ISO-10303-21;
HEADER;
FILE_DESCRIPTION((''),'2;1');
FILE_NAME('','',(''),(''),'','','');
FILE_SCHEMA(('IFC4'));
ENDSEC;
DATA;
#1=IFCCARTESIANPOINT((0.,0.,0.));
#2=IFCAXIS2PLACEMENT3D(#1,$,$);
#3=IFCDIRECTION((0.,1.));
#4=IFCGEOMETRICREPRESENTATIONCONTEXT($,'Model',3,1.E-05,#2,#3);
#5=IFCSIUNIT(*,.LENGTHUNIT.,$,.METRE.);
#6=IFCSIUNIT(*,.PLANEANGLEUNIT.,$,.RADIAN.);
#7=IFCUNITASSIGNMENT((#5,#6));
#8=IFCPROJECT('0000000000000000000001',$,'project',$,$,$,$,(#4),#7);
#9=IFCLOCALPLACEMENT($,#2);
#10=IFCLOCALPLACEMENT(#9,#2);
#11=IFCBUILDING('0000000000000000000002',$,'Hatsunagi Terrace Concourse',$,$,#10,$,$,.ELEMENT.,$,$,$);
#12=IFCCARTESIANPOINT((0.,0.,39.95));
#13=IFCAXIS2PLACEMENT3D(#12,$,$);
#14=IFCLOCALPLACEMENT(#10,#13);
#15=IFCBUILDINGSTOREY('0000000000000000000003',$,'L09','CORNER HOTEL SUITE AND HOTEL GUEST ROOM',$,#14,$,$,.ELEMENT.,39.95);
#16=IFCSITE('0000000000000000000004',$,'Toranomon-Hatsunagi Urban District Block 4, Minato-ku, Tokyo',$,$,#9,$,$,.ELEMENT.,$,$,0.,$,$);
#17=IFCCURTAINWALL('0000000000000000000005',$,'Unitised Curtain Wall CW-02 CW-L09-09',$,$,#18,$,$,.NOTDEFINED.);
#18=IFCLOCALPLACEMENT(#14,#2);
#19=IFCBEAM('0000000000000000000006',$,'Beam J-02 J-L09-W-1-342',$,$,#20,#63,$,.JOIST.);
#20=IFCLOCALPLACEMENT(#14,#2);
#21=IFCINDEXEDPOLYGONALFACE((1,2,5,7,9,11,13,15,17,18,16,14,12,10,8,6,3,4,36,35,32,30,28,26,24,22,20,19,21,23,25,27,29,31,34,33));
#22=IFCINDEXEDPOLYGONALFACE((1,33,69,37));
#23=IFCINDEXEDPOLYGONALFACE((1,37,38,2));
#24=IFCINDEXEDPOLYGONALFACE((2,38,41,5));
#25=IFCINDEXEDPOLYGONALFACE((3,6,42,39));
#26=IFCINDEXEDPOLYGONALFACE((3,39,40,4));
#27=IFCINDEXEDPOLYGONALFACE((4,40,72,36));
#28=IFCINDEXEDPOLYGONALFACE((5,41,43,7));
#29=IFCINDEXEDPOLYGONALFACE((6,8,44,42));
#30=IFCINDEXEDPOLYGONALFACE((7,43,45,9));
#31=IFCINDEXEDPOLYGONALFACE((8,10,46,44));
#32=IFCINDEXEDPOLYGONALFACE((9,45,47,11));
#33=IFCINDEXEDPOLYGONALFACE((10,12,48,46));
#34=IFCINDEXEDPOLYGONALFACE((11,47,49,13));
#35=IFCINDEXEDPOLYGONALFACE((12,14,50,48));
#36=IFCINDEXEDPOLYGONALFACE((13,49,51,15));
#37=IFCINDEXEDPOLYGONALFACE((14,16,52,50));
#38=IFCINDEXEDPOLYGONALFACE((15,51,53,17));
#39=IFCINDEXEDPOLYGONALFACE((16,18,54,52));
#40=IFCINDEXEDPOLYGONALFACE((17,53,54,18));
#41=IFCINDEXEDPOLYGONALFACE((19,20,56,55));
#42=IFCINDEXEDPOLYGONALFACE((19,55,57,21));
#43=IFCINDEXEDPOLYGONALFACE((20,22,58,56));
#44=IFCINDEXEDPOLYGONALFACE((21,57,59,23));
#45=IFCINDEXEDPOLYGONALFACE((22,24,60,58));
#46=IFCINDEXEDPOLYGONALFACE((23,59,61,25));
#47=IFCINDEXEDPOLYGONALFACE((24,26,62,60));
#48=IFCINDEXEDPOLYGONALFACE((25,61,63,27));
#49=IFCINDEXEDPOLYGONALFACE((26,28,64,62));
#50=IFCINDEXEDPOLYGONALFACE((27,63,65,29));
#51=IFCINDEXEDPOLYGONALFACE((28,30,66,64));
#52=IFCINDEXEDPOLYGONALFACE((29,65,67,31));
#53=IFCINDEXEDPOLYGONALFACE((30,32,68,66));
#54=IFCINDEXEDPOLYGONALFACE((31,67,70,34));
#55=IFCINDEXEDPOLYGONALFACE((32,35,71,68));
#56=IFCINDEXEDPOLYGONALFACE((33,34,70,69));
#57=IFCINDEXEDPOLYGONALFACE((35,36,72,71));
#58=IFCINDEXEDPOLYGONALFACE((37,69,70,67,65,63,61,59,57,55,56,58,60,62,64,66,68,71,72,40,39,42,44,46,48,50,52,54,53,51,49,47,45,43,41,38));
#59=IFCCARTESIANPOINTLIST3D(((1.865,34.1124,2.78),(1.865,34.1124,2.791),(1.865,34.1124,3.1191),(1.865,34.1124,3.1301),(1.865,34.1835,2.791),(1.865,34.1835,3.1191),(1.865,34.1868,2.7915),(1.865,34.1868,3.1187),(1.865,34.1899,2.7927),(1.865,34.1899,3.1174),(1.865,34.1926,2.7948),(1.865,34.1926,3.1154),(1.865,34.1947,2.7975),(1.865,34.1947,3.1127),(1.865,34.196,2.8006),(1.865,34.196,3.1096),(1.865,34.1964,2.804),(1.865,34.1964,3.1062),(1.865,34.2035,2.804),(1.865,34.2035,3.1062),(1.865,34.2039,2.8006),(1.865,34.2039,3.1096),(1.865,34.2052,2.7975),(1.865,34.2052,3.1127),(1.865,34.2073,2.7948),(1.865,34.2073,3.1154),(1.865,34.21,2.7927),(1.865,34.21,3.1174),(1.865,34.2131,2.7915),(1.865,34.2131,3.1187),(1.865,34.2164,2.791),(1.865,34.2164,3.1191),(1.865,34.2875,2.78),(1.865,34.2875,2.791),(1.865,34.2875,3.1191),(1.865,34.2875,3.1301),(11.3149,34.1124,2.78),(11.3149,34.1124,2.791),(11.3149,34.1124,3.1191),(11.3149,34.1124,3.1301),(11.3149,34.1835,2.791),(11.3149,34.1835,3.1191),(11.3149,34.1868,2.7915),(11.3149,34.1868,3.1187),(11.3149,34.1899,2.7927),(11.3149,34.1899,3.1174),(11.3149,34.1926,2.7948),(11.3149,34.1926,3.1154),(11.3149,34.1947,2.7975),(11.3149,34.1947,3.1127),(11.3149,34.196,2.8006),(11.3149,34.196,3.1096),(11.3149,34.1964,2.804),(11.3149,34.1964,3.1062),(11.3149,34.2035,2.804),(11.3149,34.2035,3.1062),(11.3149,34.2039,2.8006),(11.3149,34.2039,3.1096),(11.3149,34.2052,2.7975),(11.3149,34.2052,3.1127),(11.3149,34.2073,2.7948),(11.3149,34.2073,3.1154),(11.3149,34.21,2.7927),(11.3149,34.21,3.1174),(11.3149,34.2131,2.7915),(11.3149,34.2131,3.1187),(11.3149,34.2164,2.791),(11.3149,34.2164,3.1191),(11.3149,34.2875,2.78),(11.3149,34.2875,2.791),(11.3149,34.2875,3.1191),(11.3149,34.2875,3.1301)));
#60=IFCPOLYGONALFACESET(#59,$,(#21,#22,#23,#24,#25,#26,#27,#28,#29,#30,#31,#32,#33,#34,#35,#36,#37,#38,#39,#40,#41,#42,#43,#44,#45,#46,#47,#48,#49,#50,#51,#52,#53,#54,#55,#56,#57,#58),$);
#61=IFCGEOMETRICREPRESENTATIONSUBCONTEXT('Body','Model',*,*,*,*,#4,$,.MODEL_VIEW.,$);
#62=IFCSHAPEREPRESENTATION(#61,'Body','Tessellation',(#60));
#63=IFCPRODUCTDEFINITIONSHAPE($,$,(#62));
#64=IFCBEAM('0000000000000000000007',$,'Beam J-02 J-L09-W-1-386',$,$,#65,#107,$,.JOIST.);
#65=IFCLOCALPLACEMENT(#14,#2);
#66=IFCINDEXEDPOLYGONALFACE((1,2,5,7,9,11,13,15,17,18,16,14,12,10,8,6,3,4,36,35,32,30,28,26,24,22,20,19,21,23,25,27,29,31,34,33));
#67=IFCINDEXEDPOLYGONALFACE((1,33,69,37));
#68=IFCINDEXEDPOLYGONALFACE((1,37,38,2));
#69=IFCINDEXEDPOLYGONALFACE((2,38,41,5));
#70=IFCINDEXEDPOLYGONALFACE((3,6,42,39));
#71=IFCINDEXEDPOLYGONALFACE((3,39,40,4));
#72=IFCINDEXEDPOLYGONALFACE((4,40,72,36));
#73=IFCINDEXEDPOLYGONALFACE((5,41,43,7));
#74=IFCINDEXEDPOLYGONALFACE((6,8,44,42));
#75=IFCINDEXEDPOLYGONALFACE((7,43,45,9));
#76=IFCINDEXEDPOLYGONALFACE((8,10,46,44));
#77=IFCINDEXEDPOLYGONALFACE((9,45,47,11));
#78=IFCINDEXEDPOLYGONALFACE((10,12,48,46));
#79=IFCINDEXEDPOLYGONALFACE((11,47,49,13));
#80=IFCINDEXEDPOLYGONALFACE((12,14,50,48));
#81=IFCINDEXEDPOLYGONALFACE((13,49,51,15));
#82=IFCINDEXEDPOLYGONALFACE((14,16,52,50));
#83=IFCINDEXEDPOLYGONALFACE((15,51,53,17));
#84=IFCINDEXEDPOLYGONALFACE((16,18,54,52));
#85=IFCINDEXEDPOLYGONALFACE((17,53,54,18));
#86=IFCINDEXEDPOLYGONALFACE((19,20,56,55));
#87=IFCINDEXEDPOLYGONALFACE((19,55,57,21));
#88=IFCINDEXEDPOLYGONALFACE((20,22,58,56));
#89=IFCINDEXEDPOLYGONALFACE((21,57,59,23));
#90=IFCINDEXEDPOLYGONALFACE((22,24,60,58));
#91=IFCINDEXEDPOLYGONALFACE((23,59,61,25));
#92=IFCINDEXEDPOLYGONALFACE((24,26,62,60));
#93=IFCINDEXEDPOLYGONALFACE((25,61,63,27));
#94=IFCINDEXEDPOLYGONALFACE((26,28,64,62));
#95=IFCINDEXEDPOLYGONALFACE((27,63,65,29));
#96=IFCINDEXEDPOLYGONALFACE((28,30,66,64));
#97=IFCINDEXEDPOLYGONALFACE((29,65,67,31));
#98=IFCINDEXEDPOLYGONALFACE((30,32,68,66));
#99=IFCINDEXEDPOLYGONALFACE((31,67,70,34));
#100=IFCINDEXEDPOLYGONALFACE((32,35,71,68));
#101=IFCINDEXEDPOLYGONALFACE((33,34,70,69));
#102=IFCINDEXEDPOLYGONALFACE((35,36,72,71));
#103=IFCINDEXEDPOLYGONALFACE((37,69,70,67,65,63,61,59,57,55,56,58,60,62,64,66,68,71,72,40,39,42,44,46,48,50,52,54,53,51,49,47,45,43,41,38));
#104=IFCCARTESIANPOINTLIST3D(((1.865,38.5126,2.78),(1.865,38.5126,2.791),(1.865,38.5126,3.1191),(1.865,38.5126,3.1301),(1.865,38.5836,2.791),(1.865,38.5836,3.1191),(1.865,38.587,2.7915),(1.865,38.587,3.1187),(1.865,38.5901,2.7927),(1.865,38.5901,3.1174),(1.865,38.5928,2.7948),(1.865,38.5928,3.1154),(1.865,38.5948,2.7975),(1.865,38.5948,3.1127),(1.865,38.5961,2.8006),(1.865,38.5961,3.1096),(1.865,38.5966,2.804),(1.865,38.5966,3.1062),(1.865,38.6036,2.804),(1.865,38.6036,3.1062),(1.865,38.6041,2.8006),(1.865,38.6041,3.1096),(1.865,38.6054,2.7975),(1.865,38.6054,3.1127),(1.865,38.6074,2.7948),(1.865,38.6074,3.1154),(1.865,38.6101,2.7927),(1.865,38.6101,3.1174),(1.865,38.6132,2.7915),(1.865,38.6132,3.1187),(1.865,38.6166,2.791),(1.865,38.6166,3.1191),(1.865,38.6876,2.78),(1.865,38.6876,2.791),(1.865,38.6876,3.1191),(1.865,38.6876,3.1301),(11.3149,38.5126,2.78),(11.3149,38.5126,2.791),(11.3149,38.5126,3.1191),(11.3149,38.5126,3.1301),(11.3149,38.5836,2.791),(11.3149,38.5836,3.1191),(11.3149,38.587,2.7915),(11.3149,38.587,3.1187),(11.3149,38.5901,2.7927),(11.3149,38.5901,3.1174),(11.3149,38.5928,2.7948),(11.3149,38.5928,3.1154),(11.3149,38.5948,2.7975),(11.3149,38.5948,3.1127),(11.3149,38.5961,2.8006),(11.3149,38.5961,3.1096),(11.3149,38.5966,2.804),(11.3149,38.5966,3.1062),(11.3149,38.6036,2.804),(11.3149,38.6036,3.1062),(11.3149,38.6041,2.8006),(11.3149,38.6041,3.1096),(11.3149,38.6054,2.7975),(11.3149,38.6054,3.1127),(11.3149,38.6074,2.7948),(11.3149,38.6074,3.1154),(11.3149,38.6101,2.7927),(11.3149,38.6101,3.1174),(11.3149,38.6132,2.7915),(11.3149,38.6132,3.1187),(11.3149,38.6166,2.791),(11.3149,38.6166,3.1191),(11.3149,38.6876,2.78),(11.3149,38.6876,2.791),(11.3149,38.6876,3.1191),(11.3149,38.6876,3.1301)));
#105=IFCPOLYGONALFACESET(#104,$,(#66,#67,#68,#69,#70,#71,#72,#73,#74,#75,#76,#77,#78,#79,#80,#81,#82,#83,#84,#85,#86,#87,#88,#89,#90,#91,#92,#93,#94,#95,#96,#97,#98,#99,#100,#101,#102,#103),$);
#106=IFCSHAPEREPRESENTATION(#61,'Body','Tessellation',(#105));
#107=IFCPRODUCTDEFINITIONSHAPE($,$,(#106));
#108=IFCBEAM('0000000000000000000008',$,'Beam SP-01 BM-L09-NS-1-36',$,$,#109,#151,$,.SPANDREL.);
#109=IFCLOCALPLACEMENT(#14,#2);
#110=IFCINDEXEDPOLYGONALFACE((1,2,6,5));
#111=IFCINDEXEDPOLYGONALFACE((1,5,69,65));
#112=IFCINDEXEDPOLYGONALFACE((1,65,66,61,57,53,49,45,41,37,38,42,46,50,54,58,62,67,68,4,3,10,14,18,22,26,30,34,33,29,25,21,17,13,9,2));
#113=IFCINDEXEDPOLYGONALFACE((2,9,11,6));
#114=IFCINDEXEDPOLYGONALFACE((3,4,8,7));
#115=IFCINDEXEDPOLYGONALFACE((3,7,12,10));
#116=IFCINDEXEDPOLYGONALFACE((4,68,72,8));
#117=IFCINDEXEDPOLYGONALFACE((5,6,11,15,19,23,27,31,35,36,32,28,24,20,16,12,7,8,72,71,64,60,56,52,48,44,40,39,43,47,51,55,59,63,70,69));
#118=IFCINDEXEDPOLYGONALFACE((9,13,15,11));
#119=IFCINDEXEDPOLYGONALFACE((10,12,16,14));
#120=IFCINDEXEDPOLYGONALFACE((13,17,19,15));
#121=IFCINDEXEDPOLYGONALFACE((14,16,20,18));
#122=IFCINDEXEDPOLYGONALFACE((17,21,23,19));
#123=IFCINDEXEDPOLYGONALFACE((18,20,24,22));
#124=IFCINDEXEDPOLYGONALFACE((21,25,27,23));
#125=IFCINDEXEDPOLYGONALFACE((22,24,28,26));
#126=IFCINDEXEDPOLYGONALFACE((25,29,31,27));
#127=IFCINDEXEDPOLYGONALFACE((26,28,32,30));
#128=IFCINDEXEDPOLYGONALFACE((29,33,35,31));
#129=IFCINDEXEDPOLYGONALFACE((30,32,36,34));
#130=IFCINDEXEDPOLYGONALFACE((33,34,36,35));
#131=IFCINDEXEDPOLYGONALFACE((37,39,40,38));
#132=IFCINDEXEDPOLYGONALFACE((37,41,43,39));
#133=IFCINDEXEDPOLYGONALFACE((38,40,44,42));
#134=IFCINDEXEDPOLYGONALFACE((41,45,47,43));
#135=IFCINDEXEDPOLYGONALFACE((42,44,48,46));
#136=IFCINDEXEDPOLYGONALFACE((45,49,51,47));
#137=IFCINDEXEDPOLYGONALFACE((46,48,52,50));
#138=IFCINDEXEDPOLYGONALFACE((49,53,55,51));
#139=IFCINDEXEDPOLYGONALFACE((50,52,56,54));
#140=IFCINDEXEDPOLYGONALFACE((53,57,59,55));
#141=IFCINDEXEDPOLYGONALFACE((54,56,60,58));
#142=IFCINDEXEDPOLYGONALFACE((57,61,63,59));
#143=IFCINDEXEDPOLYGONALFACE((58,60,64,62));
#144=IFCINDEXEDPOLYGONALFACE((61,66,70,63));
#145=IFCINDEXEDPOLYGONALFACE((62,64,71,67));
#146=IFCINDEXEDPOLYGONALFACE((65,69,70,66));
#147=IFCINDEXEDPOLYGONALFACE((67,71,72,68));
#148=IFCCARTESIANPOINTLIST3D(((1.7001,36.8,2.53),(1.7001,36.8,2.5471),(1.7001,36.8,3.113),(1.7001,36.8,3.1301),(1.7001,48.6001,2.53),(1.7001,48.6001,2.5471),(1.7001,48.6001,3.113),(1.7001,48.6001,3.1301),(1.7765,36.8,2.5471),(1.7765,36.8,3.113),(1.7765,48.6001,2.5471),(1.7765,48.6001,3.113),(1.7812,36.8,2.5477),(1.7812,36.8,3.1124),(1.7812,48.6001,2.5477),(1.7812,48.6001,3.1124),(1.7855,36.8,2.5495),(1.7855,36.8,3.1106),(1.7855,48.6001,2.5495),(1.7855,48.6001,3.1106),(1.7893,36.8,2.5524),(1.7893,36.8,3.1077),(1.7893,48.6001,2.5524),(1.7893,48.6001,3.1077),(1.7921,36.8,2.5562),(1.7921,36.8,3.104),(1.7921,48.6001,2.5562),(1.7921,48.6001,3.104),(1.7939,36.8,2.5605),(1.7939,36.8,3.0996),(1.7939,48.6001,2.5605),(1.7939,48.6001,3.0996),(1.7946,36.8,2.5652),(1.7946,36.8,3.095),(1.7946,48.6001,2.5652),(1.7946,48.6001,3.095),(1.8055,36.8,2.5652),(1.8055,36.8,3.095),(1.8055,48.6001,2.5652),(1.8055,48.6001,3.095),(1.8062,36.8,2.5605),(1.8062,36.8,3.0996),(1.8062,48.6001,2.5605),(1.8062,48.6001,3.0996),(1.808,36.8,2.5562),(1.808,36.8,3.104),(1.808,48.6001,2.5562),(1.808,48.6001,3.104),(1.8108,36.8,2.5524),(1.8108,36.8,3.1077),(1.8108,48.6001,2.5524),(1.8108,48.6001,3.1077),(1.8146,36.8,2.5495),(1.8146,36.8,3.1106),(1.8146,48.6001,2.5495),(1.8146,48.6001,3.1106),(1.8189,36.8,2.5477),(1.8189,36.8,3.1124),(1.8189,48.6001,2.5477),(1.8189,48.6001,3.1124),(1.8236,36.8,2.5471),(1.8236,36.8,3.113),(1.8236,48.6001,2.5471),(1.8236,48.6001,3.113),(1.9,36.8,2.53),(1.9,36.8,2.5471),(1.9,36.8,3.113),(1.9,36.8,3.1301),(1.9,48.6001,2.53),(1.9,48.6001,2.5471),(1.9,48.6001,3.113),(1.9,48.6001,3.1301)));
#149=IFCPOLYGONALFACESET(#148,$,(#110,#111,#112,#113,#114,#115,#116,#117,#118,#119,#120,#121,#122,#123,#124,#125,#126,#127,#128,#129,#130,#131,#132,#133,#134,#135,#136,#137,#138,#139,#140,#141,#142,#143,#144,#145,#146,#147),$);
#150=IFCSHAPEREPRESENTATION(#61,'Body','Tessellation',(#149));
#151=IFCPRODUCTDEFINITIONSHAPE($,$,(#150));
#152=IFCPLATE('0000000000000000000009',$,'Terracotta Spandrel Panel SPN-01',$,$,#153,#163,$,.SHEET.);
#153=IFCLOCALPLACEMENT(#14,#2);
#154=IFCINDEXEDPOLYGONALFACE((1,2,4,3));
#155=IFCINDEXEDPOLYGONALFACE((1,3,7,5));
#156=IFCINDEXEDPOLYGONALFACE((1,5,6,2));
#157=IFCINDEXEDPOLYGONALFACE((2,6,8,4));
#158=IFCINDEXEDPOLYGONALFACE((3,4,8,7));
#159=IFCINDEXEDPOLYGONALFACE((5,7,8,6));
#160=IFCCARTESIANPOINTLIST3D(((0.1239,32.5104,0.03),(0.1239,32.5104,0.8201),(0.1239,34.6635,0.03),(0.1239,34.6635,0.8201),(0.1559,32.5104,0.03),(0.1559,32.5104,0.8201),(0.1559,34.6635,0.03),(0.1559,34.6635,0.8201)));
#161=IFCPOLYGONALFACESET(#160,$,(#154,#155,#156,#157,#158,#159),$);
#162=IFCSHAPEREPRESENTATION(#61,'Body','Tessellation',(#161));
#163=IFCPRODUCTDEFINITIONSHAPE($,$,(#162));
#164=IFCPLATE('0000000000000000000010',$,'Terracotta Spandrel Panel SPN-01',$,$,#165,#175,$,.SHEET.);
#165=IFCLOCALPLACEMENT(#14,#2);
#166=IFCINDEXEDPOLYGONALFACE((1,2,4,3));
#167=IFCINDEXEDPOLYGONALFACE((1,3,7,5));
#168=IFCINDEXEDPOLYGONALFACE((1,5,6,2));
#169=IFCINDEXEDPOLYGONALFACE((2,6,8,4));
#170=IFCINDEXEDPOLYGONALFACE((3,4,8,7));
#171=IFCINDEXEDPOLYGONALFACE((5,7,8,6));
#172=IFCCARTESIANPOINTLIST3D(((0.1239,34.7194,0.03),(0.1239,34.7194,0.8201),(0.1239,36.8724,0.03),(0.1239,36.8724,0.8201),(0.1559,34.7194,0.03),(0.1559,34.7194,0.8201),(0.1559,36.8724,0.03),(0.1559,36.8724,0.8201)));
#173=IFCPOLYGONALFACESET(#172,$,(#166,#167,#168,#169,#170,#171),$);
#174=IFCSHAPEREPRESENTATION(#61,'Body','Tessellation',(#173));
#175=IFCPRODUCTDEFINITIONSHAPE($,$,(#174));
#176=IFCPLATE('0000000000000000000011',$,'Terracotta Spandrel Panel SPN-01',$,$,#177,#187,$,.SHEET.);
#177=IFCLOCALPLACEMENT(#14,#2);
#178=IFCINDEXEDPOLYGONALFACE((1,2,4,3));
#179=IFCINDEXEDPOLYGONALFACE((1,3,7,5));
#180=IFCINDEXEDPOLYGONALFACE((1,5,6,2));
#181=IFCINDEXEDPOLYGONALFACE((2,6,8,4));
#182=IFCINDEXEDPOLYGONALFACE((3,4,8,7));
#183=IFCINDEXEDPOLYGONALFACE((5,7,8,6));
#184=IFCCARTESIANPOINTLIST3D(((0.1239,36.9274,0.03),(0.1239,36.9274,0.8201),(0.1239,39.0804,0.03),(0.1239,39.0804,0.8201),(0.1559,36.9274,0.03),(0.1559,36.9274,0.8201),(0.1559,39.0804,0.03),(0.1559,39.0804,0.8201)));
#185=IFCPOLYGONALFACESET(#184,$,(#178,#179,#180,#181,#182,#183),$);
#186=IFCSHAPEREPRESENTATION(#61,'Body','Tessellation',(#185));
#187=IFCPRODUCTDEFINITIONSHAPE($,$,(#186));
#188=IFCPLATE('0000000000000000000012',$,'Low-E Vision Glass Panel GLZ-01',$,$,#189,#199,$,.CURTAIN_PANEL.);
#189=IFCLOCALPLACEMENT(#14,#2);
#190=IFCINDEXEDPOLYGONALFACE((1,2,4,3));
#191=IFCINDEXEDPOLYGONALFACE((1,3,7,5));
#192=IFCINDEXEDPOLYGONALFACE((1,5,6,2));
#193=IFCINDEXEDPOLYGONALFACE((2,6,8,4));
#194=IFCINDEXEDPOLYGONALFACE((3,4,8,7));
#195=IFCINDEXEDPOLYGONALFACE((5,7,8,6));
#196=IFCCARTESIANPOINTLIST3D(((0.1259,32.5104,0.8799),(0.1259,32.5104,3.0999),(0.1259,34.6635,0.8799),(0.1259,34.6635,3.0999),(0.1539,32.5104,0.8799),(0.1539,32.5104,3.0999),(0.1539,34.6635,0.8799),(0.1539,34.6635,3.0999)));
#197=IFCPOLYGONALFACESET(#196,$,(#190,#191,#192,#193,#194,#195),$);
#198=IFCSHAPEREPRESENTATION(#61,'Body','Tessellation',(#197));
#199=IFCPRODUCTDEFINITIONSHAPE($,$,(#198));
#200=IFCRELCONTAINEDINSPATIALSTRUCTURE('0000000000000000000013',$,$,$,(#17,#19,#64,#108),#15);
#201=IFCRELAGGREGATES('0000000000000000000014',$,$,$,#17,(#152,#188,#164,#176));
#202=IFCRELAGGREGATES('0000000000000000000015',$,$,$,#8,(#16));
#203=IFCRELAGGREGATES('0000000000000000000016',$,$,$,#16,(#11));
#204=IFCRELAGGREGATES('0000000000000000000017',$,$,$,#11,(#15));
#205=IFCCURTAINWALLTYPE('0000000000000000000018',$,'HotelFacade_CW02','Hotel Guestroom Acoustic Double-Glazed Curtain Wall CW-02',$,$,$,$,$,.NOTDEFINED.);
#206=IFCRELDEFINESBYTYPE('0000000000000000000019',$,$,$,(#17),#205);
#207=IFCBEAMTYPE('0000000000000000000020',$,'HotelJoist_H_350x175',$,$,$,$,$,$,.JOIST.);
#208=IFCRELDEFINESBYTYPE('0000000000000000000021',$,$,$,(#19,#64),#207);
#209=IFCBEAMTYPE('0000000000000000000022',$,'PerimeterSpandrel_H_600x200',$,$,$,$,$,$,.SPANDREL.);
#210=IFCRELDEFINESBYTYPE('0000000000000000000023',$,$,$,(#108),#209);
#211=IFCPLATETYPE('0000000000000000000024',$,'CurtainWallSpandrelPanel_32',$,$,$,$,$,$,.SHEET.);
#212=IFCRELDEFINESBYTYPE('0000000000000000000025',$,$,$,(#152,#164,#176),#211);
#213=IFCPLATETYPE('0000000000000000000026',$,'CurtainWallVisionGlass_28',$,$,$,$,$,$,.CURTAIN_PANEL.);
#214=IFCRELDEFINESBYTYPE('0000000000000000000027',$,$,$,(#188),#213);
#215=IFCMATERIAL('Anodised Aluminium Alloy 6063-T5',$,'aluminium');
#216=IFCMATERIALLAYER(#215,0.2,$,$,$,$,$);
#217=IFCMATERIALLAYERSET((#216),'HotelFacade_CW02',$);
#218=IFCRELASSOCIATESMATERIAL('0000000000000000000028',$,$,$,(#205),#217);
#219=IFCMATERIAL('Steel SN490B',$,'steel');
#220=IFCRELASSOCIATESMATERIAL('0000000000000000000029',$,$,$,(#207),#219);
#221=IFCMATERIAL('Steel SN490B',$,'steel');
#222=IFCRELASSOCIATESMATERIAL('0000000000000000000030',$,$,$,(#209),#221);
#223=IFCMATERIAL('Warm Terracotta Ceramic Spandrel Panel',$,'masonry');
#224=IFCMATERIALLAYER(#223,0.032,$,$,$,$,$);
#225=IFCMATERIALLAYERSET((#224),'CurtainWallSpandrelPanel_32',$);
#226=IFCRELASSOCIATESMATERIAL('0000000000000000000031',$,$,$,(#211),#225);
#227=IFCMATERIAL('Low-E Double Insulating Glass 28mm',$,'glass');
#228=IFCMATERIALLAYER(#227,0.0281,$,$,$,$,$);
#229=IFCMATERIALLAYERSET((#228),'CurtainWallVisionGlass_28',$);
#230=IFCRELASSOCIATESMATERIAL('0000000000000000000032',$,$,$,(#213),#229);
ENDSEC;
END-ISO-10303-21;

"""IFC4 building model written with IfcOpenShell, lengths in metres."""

from ifc_helpers import new_model, si_unit, direction, frame, origin, origin_2d, place, context, subcontext, project, spatial, rectangle, i_section, extrude, material, layer, layer_set, material_profile, profile_set, type_object, element, aggregate, save


model = new_model("IFC4")

# Units and contexts
model_context = context("Model", 3, precision=1e-05, world=origin(), true_north=direction((0.0, 1.0)))
body_context = subcontext(model_context, "Body", "Model", "MODEL_VIEW")
ifc_project = project(units=[si_unit("LENGTHUNIT", "METRE"), si_unit("PLANEANGLEUNIT", "RADIAN")], contexts=[model_context])

# Site, building, storey
site_placement = place(None, origin())
site = spatial("IfcSite", under=ifc_project, at=site_placement, Name="Toranomon-Hatsunagi Urban District Block 4, Minato-ku, Tokyo", CompositionType="ELEMENT", RefElevation=0.0)
building_placement = place(site_placement, origin())
building = spatial("IfcBuilding", under=site, at=building_placement, Name="Hatsunagi Terrace Concourse", CompositionType="ELEMENT")
storey_placement = place(building_placement, frame((0.0, 0.0, 39.95)))
storey = spatial("IfcBuildingStorey", under=building, at=storey_placement, Name="L09", Description="CORNER HOTEL SUITE AND HOTEL GUEST ROOM", CompositionType="ELEMENT", Elevation=39.95)

# Curtain wall
ifc_material_1 = material(Name="Anodised Aluminium Alloy 6063-T5", Category="aluminium")
ifc_layer_1 = layer(ifc_material_1, 0.2)
ifc_layer_set_1 = layer_set([ifc_layer_1], Name="HotelFacade_CW02")
curtain_wall_type = type_object("IfcCurtainWallType", Name="HotelFacade_CW02", Description="Hotel Guestroom Acoustic Double-Glazed Curtain Wall CW-02", PredefinedType="NOTDEFINED", material=ifc_layer_set_1)
curtain_wall_placement = place(storey_placement, origin())
curtain_wall = element("IfcCurtainWall", 1, at=curtain_wall_placement, inside=storey, type_object=curtain_wall_type, Name="Unitised Curtain Wall CW-02 CW-L09-09", PredefinedType="NOTDEFINED")

# Beams
ifc_material_2 = material(Name="Steel SN490B", Category="steel")
ifc_material_profile_1 = material_profile(ifc_material_2, i_section(OverallWidth=0.175, OverallDepth=0.3501, WebThickness=0.0071, FlangeThickness=0.011, FilletRadius=0.0129, at=origin_2d()), Name="H-350x175x7x11")
ifc_profile_set_1 = profile_set([ifc_material_profile_1], Name="Steel SN490B")
beam_type_1 = type_object("IfcBeamType", Name="HotelJoist_H_350x175", PredefinedType="JOIST", material=ifc_profile_set_1)
for number, where, z_axis, x_axis, name in (
    (2, (1.865, 34.2, 2.9551), (1.0, 0.0, 0.0), (0.0, 1.0, 0.0), "Beam J-02 J-L09-W-1-342"),
    (3, (1.865, 38.6001, 2.9551), (1.0, 0.0, 0.0), (0.0, 1.0, 0.0), "Beam J-02 J-L09-W-1-386"),
):
    element("IfcBeam", number, at=place(storey_placement, frame(where, z_axis=z_axis, x_axis=x_axis)), inside=storey, type_object=beam_type_1, Name=name, PredefinedType="JOIST", context=body_context, shape_type="SweptSolid", body=[
        extrude(i_section(OverallWidth=0.175, OverallDepth=0.3501, WebThickness=0.0071, FlangeThickness=0.011, FilletRadius=0.0129, at=origin_2d()), origin(), (0.0, 0.0, 1.0), 9.45),
    ])
ifc_material_3 = material(Name="Steel SN490B", Category="steel")
ifc_material_profile_2 = material_profile(ifc_material_3, i_section(OverallWidth=0.2, OverallDepth=0.6001, WebThickness=0.011, FlangeThickness=0.0171, FilletRadius=0.0181, at=origin_2d()), Name="H-600x200x11x17")
ifc_profile_set_2 = profile_set([ifc_material_profile_2], Name="Steel SN490B")
beam_type_2 = type_object("IfcBeamType", Name="PerimeterSpandrel_H_600x200", PredefinedType="SPANDREL", material=ifc_profile_set_2)
beam_1_placement = place(storey_placement, frame((1.8, 36.8, 2.8301), z_axis=(0.0, 1.0, 0.0), x_axis=(-1.0, 0.0, 0.0)))
element("IfcBeam", 4, at=beam_1_placement, inside=storey, type_object=beam_type_2, Name="Beam SP-01 BM-L09-NS-1-36", PredefinedType="SPANDREL", context=body_context, shape_type="SweptSolid", body=[
    extrude(i_section(OverallWidth=0.2, OverallDepth=0.6001, WebThickness=0.011, FlangeThickness=0.0171, FilletRadius=0.0181, at=origin_2d()), origin(), (0.0, 0.0, 1.0), 11.8),
])

# Plates
ifc_material_4 = material(Name="Warm Terracotta Ceramic Spandrel Panel", Category="masonry")
ifc_layer_2 = layer(ifc_material_4, 0.032)
ifc_layer_set_2 = layer_set([ifc_layer_2], Name="CurtainWallSpandrelPanel_32")
plate_type_1 = type_object("IfcPlateType", Name="CurtainWallSpandrelPanel_32", PredefinedType="SHEET", material=ifc_layer_set_2)
plate_1_placement = place(storey_placement, frame((0.1399, 33.5869, 0.03), z_axis=(0.0, 0.0, 1.0), x_axis=(0.0, 1.0, 0.0)))
plate_1 = element("IfcPlate", 5, at=plate_1_placement, type_object=plate_type_1, Name="Terracotta Spandrel Panel SPN-01", PredefinedType="SHEET", context=body_context, shape_type="SweptSolid", body=[
    extrude(rectangle(XDim=2.1531, YDim=0.032, at=origin_2d()), origin(), (0.0, 0.0, 1.0), 0.79),
])
plate_2_placement = place(storey_placement, frame((0.1399, 35.7959, 0.03), z_axis=(0.0, 0.0, 1.0), x_axis=(0.0, 1.0, 0.0)))
plate_2 = element("IfcPlate", 6, at=plate_2_placement, type_object=plate_type_1, Name="Terracotta Spandrel Panel SPN-01", PredefinedType="SHEET", context=body_context, shape_type="SweptSolid", body=[
    extrude(rectangle(XDim=2.1531, YDim=0.032, at=origin_2d()), origin(), (0.0, 0.0, 1.0), 0.79),
])
plate_3_placement = place(storey_placement, frame((0.1399, 38.0039, 0.03), z_axis=(0.0, 0.0, 1.0), x_axis=(0.0, 1.0, 0.0)))
plate_3 = element("IfcPlate", 7, at=plate_3_placement, type_object=plate_type_1, Name="Terracotta Spandrel Panel SPN-01", PredefinedType="SHEET", context=body_context, shape_type="SweptSolid", body=[
    extrude(rectangle(XDim=2.1531, YDim=0.032, at=origin_2d()), origin(), (0.0, 0.0, 1.0), 0.79),
])
ifc_material_5 = material(Name="Low-E Double Insulating Glass 28mm", Category="glass")
ifc_layer_3 = layer(ifc_material_5, 0.0281)
ifc_layer_set_3 = layer_set([ifc_layer_3], Name="CurtainWallVisionGlass_28")
plate_type_2 = type_object("IfcPlateType", Name="CurtainWallVisionGlass_28", PredefinedType="CURTAIN_PANEL", material=ifc_layer_set_3)
plate_4_placement = place(storey_placement, frame((0.1399, 33.5869, 0.8799), z_axis=(0.0, 0.0, 1.0), x_axis=(0.0, 1.0, 0.0)))
plate_4 = element("IfcPlate", 8, at=plate_4_placement, type_object=plate_type_2, Name="Low-E Vision Glass Panel GLZ-01", PredefinedType="CURTAIN_PANEL", context=body_context, shape_type="SweptSolid", body=[
    extrude(rectangle(XDim=2.1531, YDim=0.0281, at=origin_2d()), origin(), (0.0, 0.0, 1.0), 2.22),
])
aggregate(curtain_wall, [plate_1, plate_4, plate_2, plate_3])

save(model, "model.ifc")
